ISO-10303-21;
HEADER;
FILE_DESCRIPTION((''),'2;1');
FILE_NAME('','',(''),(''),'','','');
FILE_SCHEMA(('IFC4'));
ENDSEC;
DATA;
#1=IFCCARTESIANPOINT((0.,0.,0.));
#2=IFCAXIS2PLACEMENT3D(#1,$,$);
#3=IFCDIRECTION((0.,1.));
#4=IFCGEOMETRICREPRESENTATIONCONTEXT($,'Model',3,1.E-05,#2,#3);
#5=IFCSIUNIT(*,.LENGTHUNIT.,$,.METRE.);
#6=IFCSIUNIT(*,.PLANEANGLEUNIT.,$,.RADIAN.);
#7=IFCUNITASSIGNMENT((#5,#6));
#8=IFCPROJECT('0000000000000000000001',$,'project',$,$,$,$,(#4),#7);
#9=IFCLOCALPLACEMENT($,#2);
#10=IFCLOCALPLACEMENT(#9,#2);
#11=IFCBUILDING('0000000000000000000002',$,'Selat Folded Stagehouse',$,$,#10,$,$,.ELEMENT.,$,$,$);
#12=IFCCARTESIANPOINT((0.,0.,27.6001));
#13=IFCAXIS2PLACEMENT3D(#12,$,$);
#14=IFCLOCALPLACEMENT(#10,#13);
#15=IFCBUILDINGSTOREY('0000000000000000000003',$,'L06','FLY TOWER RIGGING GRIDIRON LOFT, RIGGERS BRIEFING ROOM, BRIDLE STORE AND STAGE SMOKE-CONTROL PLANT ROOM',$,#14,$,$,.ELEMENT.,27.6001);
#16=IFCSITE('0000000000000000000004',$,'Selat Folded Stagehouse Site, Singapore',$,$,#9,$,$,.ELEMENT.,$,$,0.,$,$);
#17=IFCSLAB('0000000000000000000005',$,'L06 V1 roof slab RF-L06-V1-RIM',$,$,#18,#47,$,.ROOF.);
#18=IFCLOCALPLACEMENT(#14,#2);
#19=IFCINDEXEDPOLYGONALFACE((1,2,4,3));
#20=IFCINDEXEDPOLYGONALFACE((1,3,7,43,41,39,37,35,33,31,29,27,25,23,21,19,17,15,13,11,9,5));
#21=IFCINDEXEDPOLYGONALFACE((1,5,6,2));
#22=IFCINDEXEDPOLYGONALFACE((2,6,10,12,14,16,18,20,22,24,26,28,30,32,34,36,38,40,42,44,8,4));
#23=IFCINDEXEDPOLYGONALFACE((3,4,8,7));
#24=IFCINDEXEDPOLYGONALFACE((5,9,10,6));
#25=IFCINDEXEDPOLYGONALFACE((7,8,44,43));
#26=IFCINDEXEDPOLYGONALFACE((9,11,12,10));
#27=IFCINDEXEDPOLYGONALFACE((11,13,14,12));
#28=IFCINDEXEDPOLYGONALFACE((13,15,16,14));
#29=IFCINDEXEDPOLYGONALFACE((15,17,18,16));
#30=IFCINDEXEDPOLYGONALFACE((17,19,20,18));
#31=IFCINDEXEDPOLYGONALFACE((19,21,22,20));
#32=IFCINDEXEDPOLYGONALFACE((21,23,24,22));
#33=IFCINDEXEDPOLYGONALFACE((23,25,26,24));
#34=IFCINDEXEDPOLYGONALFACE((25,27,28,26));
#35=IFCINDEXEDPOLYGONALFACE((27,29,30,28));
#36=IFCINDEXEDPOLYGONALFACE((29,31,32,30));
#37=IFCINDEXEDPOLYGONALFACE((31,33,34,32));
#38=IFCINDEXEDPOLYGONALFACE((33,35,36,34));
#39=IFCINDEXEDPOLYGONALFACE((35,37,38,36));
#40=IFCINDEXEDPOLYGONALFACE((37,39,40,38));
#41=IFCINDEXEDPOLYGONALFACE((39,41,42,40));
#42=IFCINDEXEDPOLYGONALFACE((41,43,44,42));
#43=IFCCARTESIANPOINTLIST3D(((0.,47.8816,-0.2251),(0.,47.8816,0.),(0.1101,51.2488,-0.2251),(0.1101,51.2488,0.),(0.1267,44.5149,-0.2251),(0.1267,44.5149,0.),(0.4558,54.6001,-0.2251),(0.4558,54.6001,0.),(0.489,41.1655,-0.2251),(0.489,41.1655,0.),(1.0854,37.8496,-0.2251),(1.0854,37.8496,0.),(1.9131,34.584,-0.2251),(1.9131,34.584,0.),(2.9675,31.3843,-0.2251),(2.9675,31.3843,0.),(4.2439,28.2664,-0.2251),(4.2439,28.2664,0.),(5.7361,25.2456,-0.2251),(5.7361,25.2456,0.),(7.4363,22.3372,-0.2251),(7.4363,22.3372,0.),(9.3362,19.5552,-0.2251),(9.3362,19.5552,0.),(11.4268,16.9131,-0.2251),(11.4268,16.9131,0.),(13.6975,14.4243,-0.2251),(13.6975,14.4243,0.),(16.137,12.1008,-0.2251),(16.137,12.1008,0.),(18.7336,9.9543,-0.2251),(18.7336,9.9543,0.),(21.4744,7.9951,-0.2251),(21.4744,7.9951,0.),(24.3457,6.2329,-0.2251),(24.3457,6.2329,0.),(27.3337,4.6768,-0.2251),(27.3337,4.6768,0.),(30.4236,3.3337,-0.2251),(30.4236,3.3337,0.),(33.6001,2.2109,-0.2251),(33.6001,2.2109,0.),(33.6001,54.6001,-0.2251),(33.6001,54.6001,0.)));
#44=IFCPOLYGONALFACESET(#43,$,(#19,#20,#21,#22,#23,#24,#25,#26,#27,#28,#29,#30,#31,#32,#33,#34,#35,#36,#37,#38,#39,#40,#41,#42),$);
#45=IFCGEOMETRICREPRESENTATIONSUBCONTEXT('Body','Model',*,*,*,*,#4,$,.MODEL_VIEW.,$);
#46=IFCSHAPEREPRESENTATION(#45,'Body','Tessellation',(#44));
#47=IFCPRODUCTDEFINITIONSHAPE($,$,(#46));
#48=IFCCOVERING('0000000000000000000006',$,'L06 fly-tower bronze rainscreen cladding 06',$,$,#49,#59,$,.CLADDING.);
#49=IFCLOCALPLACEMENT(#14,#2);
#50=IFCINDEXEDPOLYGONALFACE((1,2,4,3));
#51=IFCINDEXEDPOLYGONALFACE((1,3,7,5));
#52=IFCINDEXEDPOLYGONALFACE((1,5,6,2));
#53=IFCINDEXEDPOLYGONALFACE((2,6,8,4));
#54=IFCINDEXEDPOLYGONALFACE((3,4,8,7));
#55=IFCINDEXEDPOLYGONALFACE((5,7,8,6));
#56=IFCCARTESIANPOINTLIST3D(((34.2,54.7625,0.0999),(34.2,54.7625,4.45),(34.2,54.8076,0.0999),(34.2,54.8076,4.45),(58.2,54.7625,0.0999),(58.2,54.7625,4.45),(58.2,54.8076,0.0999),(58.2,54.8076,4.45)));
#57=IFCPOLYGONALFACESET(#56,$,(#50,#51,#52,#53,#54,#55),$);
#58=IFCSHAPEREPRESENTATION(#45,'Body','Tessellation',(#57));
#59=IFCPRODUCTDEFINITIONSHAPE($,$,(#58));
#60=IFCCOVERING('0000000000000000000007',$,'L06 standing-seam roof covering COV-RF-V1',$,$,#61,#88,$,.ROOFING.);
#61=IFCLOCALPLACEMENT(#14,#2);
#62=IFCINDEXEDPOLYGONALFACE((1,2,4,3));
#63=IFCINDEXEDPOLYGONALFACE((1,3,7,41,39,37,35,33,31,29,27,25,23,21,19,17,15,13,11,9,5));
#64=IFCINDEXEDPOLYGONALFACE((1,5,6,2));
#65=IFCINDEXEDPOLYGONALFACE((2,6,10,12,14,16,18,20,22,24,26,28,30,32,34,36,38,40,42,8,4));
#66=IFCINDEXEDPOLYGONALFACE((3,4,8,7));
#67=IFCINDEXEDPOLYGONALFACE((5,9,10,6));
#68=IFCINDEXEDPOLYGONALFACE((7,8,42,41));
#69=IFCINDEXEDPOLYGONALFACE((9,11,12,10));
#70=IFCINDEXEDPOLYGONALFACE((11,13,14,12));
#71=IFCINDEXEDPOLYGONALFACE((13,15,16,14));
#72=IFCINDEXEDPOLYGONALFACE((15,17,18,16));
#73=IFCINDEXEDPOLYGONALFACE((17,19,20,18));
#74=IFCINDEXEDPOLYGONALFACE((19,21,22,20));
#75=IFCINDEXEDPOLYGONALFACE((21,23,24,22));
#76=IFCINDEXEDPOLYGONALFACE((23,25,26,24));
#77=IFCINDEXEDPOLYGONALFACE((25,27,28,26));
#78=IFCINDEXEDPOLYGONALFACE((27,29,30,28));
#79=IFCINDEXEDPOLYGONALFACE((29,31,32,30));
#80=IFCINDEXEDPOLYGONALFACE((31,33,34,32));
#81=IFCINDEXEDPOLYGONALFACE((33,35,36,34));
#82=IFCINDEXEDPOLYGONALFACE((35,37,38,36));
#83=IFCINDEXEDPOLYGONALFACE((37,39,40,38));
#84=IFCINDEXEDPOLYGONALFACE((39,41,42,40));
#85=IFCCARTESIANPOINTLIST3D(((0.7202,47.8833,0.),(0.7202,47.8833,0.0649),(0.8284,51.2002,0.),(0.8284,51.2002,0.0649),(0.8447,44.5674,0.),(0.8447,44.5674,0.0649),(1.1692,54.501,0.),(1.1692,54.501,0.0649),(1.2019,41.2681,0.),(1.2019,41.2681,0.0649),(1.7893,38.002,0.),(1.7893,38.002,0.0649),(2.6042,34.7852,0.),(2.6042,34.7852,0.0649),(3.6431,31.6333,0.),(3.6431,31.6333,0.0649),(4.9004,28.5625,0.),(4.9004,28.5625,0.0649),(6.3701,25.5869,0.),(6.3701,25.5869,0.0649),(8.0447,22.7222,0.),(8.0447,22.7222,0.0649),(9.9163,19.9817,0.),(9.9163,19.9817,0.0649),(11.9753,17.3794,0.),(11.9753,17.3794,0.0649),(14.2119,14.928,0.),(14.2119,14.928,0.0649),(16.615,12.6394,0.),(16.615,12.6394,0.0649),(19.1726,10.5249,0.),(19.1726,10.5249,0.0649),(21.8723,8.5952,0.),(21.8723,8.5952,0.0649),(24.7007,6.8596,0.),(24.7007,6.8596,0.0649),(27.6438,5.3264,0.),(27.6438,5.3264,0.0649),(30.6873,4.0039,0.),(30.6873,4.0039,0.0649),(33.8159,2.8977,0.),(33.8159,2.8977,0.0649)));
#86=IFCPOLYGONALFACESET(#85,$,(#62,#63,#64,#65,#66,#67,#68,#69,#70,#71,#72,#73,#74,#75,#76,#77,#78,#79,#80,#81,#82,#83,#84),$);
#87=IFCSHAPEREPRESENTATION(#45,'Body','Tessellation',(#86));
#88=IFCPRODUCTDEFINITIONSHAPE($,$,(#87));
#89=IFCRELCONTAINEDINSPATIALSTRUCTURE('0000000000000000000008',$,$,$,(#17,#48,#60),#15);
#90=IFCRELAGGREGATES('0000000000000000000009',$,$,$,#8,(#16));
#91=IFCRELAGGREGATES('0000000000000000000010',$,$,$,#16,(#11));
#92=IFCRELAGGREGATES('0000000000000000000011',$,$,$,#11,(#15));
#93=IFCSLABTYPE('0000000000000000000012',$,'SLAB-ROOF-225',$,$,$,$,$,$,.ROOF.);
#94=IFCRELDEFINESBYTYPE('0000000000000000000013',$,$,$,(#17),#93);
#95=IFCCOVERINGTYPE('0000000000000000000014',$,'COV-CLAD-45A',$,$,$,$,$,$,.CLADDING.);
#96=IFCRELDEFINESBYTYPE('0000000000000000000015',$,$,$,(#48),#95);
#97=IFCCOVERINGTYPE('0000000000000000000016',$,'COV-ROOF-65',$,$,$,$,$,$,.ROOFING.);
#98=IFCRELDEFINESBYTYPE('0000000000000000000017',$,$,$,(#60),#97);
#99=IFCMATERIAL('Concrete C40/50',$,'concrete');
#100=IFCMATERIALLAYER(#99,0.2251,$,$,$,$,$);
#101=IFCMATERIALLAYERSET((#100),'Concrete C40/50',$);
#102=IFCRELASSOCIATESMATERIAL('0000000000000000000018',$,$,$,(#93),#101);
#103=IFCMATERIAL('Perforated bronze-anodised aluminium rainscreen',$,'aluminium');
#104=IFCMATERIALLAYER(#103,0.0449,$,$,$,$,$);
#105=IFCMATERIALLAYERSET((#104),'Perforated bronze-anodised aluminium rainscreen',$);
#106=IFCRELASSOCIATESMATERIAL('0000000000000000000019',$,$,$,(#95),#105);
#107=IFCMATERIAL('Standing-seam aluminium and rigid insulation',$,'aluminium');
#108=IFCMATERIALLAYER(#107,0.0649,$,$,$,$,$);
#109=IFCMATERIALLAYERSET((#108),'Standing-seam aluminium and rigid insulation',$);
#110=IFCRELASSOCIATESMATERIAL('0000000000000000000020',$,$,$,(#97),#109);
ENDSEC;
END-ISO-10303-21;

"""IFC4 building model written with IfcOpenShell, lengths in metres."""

from ifc_helpers import new_model, si_unit, direction, frame, origin, place, context, subcontext, project, spatial, polyline, outline, extrude, material, layer, layer_set, type_object, element, save


model = new_model("IFC4")

# Units and contexts
model_context = context("Model", 3, precision=1e-05, world=origin(), true_north=direction((0.0, 1.0)))
body_context = subcontext(model_context, "Body", "Model", "MODEL_VIEW")
ifc_project = project(units=[si_unit("LENGTHUNIT", "METRE"), si_unit("PLANEANGLEUNIT", "RADIAN")], contexts=[model_context])

# Site, building, storey
site_placement = place(None, origin())
site = spatial("IfcSite", under=ifc_project, at=site_placement, Name="Selat Folded Stagehouse Site, Singapore", CompositionType="ELEMENT", RefElevation=0.0)
building_placement = place(site_placement, origin())
building = spatial("IfcBuilding", under=site, at=building_placement, Name="Selat Folded Stagehouse", CompositionType="ELEMENT")
storey_placement = place(building_placement, frame((0.0, 0.0, 27.6001)))
storey = spatial("IfcBuildingStorey", under=building, at=storey_placement, Name="L06", Description="FLY TOWER RIGGING GRIDIRON LOFT, RIGGERS BRIEFING ROOM, BRIDLE STORE AND STAGE SMOKE-CONTROL PLANT ROOM", CompositionType="ELEMENT", Elevation=27.6001)

# Slab
ifc_material_1 = material(Name="Concrete C40/50", Category="concrete")
ifc_layer_1 = layer(ifc_material_1, 0.2251)
ifc_layer_set_1 = layer_set([ifc_layer_1], Name="Concrete C40/50")
slab_type_1 = type_object("IfcSlabType", Name="SLAB-ROOF-225", PredefinedType="ROOF", material=ifc_layer_set_1)
slab_1_placement = place(storey_placement, frame((0.0, 0.0, -0.2251)))
element("IfcSlab", 1, at=slab_1_placement, inside=storey, type_object=slab_type_1, Name="L06 V1 roof slab RF-L06-V1-RIM", PredefinedType="ROOF", context=body_context, shape_type="SweptSolid", body=[
    extrude(outline(polyline([(0.4558, 54.6001), (0.1101, 51.2488), (0.0, 47.8816), (0.1267, 44.5149), (0.489, 41.1655), (1.0854, 37.8496), (1.9131, 34.584), (2.9675, 31.3843), (4.2439, 28.2664), (5.7361, 25.2456), (7.4363, 22.3372), (9.3362, 19.5552), (11.4268, 16.9131), (13.6975, 14.4243), (16.137, 12.1008), (18.7336, 9.9543), (21.4744, 7.9951), (24.3457, 6.2329), (27.3337, 4.6768), (30.4236, 3.3337), (33.6001, 2.2109), (33.6001, 54.6001), (0.4558, 54.6001)])), origin(), (0.0, 0.0, 1.0), 0.2251),
])

# Coverings
ifc_material_2 = material(Name="Perforated bronze-anodised aluminium rainscreen", Category="aluminium")
ifc_layer_2 = layer(ifc_material_2, 0.0449)
ifc_layer_set_2 = layer_set([ifc_layer_2], Name="Perforated bronze-anodised aluminium rainscreen")
covering_type_1 = type_object("IfcCoveringType", Name="COV-CLAD-45A", PredefinedType="CLADDING", material=ifc_layer_set_2)
covering_1_placement = place(storey_placement, frame((0.0, 0.0, 0.0999)))
element("IfcCovering", 2, at=covering_1_placement, inside=storey, type_object=covering_type_1, Name="L06 fly-tower bronze rainscreen cladding 06", PredefinedType="CLADDING", context=body_context, shape_type="SweptSolid", body=[
    extrude(outline(polyline([(34.2, 54.7625), (58.2, 54.7625), (58.2, 54.8076), (34.2, 54.8076), (34.2, 54.7625)])), origin(), (0.0, 0.0, 1.0), 4.3501),
])
ifc_material_3 = material(Name="Standing-seam aluminium and rigid insulation", Category="aluminium")
ifc_layer_3 = layer(ifc_material_3, 0.0649)
ifc_layer_set_3 = layer_set([ifc_layer_3], Name="Standing-seam aluminium and rigid insulation")
covering_type_2 = type_object("IfcCoveringType", Name="COV-ROOF-65", PredefinedType="ROOFING", material=ifc_layer_set_3)
covering_2_placement = place(storey_placement, origin())
element("IfcCovering", 3, at=covering_2_placement, inside=storey, type_object=covering_type_2, Name="L06 standing-seam roof covering COV-RF-V1", PredefinedType="ROOFING", context=body_context, shape_type="SweptSolid", body=[
    extrude(outline(polyline([(1.1692, 54.501), (0.8284, 51.2002), (0.7202, 47.8833), (0.8447, 44.5674), (1.2019, 41.2681), (1.7893, 38.002), (2.6042, 34.7852), (3.6431, 31.6333), (4.9004, 28.5625), (6.3701, 25.5869), (8.0447, 22.7222), (9.9163, 19.9817), (11.9753, 17.3794), (14.2119, 14.928), (16.615, 12.6394), (19.1726, 10.5249), (21.8723, 8.5952), (24.7007, 6.8596), (27.6438, 5.3264), (30.6873, 4.0039), (33.8159, 2.8977), (1.1692, 54.501)])), origin(), (0.0, 0.0, 1.0), 0.0649),
])

save(model, "model.ifc")
